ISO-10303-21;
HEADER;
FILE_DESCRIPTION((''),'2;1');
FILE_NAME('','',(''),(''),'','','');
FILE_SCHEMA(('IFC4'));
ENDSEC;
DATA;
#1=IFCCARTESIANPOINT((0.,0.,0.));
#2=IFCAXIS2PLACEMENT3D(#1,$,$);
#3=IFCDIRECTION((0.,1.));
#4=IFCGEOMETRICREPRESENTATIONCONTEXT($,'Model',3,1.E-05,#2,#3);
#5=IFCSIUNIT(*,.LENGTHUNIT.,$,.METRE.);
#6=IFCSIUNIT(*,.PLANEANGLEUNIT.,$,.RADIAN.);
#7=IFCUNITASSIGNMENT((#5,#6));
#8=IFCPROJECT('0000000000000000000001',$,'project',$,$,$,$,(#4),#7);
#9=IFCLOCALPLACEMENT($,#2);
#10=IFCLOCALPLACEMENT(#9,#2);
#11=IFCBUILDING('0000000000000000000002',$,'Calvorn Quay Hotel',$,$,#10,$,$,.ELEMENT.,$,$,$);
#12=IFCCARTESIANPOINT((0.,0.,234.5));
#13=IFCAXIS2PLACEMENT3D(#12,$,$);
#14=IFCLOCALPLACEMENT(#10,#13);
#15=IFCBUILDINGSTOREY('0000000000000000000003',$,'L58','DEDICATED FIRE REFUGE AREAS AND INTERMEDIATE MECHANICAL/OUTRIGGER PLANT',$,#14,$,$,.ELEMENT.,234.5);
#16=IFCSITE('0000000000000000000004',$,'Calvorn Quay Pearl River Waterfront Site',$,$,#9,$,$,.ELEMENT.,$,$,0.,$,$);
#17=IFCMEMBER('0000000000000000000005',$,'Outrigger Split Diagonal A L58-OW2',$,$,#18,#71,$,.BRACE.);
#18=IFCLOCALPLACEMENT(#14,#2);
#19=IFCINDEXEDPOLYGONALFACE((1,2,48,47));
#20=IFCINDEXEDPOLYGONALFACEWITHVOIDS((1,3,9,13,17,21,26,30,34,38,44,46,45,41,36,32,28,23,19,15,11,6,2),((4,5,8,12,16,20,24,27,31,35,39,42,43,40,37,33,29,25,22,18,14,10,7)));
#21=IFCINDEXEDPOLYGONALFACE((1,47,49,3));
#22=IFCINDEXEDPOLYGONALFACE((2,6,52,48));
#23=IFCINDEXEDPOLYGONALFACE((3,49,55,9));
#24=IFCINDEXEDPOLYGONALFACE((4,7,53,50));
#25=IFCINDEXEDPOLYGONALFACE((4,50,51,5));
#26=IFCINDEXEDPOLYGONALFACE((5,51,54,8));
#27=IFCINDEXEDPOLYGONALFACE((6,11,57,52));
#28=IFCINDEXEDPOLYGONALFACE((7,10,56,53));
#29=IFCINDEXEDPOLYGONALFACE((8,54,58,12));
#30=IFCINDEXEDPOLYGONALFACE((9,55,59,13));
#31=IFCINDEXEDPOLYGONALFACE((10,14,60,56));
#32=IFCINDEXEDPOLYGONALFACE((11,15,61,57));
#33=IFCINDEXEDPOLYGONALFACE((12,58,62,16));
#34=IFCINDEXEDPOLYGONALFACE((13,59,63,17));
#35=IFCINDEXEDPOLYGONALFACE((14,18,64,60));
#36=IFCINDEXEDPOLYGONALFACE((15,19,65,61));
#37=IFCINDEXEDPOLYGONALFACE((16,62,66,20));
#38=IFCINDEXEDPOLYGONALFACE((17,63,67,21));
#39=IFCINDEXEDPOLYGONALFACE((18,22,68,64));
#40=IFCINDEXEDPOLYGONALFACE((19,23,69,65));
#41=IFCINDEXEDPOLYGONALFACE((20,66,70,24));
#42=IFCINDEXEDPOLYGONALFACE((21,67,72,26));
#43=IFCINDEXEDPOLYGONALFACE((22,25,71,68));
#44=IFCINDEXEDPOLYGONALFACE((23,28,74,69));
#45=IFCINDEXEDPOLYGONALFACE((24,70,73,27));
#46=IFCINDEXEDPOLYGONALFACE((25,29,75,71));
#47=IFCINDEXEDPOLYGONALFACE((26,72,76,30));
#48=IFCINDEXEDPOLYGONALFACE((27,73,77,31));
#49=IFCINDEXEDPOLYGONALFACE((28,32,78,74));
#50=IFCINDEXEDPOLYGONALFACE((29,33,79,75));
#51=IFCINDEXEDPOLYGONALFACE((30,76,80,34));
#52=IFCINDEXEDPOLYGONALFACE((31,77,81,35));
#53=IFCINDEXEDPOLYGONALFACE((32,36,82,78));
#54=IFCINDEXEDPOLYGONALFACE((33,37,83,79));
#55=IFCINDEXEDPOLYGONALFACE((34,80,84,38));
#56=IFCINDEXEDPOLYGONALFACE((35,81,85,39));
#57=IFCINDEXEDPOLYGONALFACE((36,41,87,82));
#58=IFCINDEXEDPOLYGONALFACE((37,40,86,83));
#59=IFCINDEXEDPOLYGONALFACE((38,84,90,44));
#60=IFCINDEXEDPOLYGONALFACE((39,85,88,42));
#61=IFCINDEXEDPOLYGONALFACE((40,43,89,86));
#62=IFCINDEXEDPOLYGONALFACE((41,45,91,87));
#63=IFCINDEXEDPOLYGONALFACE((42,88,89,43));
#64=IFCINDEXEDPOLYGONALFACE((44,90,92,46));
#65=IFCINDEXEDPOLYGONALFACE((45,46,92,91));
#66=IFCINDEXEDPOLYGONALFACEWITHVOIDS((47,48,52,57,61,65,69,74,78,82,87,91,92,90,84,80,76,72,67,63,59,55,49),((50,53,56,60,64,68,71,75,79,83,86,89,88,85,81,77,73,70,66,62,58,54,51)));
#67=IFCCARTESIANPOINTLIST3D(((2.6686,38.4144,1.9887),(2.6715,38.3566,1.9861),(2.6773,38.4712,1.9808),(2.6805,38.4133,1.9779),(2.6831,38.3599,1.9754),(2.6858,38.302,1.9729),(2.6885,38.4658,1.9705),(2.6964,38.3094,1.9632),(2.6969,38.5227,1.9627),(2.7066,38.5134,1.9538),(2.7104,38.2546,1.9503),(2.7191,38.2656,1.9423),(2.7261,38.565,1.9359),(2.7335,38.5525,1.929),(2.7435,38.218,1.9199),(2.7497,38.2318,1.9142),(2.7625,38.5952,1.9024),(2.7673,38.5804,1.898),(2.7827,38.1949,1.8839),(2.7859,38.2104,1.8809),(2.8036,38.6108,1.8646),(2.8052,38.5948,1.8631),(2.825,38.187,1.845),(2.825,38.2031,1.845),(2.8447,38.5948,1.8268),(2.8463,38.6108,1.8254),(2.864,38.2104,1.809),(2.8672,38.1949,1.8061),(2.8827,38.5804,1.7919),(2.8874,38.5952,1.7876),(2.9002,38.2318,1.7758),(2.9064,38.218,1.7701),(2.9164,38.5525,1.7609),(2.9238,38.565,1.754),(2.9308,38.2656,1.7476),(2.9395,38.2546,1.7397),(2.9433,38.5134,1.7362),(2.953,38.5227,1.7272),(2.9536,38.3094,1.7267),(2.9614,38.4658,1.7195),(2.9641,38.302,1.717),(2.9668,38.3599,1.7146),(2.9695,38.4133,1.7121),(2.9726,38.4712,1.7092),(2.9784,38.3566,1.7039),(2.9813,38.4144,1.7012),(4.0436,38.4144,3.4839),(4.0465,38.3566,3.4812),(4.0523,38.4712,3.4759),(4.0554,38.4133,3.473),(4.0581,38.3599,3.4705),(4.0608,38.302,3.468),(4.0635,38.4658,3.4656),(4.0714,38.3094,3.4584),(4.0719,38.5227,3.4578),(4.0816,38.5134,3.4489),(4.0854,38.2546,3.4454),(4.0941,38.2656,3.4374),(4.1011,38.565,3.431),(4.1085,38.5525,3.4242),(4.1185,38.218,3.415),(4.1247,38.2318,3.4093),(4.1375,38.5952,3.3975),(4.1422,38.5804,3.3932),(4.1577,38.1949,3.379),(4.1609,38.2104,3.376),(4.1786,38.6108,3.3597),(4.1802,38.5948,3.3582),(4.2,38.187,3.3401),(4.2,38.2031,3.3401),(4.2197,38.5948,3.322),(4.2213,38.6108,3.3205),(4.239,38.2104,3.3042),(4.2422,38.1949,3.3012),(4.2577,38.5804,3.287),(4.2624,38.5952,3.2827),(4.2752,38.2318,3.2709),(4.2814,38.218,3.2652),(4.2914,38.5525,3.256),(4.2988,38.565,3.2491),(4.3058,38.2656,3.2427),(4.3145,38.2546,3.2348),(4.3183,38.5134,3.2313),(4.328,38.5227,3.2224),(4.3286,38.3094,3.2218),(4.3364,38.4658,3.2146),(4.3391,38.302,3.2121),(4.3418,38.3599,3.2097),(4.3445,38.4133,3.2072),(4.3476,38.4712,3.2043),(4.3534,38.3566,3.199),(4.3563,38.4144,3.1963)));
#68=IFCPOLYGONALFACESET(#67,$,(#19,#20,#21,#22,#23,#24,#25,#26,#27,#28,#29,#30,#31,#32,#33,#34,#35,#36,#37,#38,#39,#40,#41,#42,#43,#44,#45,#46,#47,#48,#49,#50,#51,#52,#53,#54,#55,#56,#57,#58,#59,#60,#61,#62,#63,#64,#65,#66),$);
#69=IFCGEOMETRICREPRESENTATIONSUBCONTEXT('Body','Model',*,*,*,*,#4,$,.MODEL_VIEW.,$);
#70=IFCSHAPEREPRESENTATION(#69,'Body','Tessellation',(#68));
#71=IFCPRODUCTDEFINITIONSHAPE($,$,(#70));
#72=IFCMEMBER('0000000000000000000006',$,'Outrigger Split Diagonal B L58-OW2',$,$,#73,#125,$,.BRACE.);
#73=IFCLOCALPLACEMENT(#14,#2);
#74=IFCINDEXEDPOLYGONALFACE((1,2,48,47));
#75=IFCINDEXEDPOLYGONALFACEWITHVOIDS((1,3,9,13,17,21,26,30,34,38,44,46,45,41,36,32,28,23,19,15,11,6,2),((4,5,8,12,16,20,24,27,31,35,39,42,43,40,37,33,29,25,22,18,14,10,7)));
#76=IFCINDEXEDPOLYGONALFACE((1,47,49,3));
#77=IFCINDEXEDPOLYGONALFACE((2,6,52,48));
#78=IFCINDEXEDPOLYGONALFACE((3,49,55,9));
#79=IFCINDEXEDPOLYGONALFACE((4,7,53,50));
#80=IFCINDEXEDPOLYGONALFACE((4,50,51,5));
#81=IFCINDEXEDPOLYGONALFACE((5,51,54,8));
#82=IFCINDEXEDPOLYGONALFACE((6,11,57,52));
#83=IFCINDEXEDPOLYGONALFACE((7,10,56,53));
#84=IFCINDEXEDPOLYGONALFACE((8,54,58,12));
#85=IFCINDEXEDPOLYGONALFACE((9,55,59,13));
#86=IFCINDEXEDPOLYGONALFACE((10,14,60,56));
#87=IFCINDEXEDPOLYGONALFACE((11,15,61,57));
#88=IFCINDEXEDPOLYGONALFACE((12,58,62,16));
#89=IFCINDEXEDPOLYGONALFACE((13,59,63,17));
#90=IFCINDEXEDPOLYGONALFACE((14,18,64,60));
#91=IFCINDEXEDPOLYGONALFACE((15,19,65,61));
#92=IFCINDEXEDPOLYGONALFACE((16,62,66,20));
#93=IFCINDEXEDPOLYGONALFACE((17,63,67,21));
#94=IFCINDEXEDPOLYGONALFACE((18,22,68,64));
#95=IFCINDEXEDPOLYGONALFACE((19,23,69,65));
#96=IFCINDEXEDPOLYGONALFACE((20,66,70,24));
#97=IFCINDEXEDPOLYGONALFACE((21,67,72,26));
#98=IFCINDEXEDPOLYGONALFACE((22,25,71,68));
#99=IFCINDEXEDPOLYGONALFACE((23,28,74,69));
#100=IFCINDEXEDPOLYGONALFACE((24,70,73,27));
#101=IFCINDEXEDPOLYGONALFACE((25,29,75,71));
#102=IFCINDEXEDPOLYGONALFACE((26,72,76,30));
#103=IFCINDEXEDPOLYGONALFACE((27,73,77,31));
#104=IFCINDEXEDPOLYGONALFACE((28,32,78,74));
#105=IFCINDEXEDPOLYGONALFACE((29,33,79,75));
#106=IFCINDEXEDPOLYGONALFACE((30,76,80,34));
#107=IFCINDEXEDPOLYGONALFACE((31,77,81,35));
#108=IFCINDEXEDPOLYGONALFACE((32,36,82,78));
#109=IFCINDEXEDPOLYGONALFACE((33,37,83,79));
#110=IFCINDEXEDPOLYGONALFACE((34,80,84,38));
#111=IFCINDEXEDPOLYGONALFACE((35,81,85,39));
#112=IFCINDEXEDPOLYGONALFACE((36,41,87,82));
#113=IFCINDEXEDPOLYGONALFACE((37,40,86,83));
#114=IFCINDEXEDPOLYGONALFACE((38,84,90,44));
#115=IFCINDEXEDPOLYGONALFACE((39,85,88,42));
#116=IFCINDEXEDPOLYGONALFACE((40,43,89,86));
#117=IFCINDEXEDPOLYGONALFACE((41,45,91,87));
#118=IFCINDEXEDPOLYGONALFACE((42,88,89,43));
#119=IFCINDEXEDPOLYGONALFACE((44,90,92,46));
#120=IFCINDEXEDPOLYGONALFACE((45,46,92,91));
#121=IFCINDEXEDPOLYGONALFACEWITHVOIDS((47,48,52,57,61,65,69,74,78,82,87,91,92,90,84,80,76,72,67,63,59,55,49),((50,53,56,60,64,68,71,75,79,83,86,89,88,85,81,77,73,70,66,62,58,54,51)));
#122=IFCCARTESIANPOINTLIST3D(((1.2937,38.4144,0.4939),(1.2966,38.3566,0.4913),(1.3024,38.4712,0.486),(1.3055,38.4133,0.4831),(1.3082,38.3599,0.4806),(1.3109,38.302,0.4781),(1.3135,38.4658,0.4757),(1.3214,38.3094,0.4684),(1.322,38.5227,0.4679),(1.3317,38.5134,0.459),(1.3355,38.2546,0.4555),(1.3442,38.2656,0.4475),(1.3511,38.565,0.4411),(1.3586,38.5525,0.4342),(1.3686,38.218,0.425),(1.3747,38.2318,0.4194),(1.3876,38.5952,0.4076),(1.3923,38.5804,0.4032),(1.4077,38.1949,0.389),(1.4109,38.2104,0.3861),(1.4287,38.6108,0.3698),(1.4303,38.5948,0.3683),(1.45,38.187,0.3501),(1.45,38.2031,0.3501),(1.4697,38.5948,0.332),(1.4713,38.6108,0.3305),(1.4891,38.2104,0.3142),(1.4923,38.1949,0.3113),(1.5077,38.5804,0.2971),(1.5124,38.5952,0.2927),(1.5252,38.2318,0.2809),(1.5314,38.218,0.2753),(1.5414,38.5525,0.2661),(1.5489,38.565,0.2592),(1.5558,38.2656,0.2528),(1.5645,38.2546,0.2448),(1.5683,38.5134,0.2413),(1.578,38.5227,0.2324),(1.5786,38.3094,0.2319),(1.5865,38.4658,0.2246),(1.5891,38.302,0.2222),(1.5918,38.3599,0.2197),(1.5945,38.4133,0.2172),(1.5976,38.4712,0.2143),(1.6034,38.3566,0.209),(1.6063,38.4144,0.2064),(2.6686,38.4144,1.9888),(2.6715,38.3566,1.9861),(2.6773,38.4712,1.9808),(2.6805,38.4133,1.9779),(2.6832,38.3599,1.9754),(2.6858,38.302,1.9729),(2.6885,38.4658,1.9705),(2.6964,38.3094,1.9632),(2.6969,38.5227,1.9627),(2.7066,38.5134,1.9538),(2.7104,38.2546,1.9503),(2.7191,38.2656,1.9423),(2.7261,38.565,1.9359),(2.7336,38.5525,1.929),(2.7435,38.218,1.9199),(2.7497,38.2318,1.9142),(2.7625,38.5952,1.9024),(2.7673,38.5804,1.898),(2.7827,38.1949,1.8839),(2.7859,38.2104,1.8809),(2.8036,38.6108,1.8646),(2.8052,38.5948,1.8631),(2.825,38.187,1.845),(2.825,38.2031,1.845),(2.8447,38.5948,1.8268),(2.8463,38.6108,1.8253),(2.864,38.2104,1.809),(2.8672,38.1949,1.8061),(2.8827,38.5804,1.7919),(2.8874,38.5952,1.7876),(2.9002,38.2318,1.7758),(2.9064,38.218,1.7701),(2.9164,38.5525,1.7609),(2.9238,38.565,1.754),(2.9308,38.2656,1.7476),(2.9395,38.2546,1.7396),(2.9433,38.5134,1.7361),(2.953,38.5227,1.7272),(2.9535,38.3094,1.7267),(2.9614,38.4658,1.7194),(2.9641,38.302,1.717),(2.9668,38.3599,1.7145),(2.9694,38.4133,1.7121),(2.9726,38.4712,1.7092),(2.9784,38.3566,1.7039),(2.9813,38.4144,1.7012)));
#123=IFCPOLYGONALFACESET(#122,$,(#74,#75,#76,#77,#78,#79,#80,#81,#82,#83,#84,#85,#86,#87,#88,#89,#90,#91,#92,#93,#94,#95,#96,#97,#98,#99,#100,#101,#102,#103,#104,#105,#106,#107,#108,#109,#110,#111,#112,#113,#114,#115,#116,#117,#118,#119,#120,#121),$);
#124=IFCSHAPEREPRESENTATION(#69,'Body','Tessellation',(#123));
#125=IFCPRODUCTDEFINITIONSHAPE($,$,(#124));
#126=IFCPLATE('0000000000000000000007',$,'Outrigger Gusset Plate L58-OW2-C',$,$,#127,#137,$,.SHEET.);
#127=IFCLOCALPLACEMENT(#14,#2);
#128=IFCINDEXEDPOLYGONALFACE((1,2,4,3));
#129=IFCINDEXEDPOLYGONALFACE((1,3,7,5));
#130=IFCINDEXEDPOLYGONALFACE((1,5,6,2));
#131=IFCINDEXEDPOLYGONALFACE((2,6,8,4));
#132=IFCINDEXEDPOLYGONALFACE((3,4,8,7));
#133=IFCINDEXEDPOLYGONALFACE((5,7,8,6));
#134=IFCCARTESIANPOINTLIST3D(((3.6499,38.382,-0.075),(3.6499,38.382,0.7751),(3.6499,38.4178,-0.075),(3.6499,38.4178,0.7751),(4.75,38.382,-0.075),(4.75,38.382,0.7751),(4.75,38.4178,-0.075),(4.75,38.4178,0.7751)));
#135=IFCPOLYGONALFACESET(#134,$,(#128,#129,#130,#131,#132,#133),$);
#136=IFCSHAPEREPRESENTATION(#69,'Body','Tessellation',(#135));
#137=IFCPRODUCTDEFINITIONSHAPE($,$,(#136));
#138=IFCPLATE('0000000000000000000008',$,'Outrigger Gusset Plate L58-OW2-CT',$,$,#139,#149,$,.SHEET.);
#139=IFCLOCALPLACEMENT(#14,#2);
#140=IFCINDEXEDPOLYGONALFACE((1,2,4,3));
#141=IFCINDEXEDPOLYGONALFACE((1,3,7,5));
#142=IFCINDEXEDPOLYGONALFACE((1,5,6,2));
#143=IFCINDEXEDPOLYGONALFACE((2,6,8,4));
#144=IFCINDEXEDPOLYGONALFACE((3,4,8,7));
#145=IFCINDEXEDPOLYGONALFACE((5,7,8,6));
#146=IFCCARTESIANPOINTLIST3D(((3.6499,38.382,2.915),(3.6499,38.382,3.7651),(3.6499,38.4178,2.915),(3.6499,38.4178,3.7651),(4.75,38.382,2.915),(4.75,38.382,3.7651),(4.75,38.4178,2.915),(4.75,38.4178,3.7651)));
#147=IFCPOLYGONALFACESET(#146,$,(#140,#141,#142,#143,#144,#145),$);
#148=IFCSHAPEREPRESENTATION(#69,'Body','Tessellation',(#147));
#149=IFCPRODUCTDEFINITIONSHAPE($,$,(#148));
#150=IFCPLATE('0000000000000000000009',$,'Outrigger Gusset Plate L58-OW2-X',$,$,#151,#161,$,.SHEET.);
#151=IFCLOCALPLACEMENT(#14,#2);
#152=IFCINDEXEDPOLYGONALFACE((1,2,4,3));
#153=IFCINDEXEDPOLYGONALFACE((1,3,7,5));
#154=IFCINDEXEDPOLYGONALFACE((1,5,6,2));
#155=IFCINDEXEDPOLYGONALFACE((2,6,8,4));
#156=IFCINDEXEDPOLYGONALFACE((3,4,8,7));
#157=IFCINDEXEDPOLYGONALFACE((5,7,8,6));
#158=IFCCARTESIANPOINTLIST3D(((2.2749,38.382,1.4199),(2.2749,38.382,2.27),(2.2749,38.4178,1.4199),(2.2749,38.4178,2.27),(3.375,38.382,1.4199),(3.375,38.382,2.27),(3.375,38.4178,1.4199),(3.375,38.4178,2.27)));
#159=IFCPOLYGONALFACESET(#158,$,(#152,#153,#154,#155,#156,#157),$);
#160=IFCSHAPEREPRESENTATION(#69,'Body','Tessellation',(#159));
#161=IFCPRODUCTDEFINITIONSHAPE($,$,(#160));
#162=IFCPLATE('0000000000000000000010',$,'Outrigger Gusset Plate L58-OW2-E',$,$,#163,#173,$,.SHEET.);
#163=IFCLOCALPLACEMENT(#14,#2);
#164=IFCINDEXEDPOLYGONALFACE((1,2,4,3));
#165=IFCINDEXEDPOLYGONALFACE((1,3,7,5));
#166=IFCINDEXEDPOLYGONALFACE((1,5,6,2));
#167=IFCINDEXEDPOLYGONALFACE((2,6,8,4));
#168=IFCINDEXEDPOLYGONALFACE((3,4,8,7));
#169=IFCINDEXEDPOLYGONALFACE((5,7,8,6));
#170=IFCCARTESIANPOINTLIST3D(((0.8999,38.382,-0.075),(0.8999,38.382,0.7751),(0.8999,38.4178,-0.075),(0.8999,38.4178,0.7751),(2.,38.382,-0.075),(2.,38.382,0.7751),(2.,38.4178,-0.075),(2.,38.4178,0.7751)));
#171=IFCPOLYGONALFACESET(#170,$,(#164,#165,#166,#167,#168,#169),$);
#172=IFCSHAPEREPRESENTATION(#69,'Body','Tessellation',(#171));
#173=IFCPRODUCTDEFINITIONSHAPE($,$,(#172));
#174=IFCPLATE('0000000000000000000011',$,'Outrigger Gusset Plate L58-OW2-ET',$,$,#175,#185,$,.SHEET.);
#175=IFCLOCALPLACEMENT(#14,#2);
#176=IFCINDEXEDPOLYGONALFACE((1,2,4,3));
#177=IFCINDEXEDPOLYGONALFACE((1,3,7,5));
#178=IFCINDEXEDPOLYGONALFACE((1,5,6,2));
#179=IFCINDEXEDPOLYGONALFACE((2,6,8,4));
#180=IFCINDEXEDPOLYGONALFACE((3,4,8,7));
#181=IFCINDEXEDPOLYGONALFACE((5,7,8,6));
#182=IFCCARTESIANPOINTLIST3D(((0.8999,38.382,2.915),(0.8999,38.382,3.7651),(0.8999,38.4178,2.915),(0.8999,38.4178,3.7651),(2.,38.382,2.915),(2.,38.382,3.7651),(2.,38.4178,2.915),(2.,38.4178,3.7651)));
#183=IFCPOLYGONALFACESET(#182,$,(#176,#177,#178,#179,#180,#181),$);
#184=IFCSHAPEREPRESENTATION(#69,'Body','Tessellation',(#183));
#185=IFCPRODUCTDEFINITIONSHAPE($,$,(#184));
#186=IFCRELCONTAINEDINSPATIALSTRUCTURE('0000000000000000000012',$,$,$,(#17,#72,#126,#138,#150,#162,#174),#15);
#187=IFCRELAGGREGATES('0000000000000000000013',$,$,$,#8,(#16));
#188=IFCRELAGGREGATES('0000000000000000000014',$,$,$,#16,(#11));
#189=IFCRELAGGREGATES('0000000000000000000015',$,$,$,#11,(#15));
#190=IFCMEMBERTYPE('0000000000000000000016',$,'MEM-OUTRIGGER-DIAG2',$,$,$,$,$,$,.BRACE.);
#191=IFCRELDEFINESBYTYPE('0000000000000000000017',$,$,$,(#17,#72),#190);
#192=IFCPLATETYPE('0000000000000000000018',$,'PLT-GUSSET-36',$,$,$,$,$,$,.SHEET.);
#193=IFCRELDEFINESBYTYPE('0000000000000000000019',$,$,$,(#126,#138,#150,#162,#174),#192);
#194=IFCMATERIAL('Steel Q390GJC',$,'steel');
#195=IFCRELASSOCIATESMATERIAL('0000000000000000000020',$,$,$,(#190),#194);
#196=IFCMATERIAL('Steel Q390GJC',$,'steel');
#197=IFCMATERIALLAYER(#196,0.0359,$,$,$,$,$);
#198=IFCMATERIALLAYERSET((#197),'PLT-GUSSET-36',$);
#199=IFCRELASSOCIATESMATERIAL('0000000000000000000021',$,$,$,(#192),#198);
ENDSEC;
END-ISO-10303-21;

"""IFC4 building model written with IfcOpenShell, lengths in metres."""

from ifc_helpers import new_model, si_unit, direction, frame, origin, origin_2d, place, context, subcontext, project, spatial, rectangle, hollow_circle, extrude, material, layer, layer_set, material_profile, profile_set, type_object, element, save


model = new_model("IFC4")

# Units and contexts
model_context = context("Model", 3, precision=1e-05, world=origin(), true_north=direction((0.0, 1.0)))
body_context = subcontext(model_context, "Body", "Model", "MODEL_VIEW")
ifc_project = project(units=[si_unit("LENGTHUNIT", "METRE"), si_unit("PLANEANGLEUNIT", "RADIAN")], contexts=[model_context])

# Site, building, storey
site_placement = place(None, origin())
site = spatial("IfcSite", under=ifc_project, at=site_placement, Name="Calvorn Quay Pearl River Waterfront Site", CompositionType="ELEMENT", RefElevation=0.0)
building_placement = place(site_placement, origin())
building = spatial("IfcBuilding", under=site, at=building_placement, Name="Calvorn Quay Hotel", CompositionType="ELEMENT")
storey_placement = place(building_placement, frame((0.0, 0.0, 234.5)))
storey = spatial("IfcBuildingStorey", under=building, at=storey_placement, Name="L58", Description="DEDICATED FIRE REFUGE AREAS AND INTERMEDIATE MECHANICAL/OUTRIGGER PLANT", CompositionType="ELEMENT", Elevation=234.5)

# Members
ifc_material_1 = material(Name="Steel Q390GJC", Category="steel")
ifc_material_profile_1 = material_profile(ifc_material_1, hollow_circle(Radius=0.2129, WallThickness=0.0161, at=origin_2d()), Name="CHS426x16")
ifc_profile_set_1 = profile_set([ifc_material_profile_1], Name="Steel Q390GJC")
member_type_1 = type_object("IfcMemberType", Name="MEM-OUTRIGGER-DIAG2", PredefinedType="BRACE", material=ifc_profile_set_1)
member_1_placement = place(storey_placement, frame((4.2, 38.3999, 3.3401), z_axis=(-0.676921, 0.0, -0.736056), x_axis=(0.0, -1.0, 0.0)))
element("IfcMember", 1, at=member_1_placement, inside=storey, type_object=member_type_1, Name="Outrigger Split Diagonal A L58-OW2", PredefinedType="BRACE", context=body_context, shape_type="SweptSolid", body=[
    extrude(hollow_circle(Radius=0.2129, WallThickness=0.0161, at=origin_2d()), origin(), (0.0, 0.0, 1.0), 2.0312),
])
member_2_placement = place(storey_placement, frame((2.825, 38.3999, 1.845), z_axis=(-0.676981, 0.0, -0.736), x_axis=(0.0, -1.0, 0.0)))
element("IfcMember", 2, at=member_2_placement, inside=storey, type_object=member_type_1, Name="Outrigger Split Diagonal B L58-OW2", PredefinedType="BRACE", context=body_context, shape_type="SweptSolid", body=[
    extrude(hollow_circle(Radius=0.2129, WallThickness=0.0161, at=origin_2d()), origin(), (0.0, 0.0, 1.0), 2.031),
])

# Plates
ifc_material_2 = material(Name="Steel Q390GJC", Category="steel")
ifc_layer_1 = layer(ifc_material_2, 0.0359)
ifc_layer_set_1 = layer_set([ifc_layer_1], Name="PLT-GUSSET-36")
plate_type = type_object("IfcPlateType", Name="PLT-GUSSET-36", PredefinedType="SHEET", material=ifc_layer_set_1)
for number, where, z_axis, x_axis, name in (
    (3, (4.2, 38.3999, -0.075), (0.0, 0.0, 1.0), (-1.0, 0.0, 0.0), "Outrigger Gusset Plate L58-OW2-C"),
    (4, (4.2, 38.3999, 2.915), (0.0, 0.0, 1.0), (-1.0, 0.0, 0.0), "Outrigger Gusset Plate L58-OW2-CT"),
    (5, (2.825, 38.3999, 1.4199), (0.0, 0.0, 1.0), (-1.0, 0.0, 0.0), "Outrigger Gusset Plate L58-OW2-X"),
    (6, (1.45, 38.3999, -0.075), (0.0, 0.0, 1.0), (-1.0, 0.0, 0.0), "Outrigger Gusset Plate L58-OW2-E"),
    (7, (1.45, 38.3999, 2.915), (0.0, 0.0, 1.0), (-1.0, 0.0, 0.0), "Outrigger Gusset Plate L58-OW2-ET"),
):
    element("IfcPlate", number, at=place(storey_placement, frame(where, z_axis=z_axis, x_axis=x_axis)), inside=storey, type_object=plate_type, Name=name, PredefinedType="SHEET", context=body_context, shape_type="SweptSolid", body=[
        extrude(rectangle(XDim=1.1001, YDim=0.0359, at=origin_2d()), origin(), (0.0, 0.0, 1.0), 0.8501),
    ])

save(model, "model.ifc")
